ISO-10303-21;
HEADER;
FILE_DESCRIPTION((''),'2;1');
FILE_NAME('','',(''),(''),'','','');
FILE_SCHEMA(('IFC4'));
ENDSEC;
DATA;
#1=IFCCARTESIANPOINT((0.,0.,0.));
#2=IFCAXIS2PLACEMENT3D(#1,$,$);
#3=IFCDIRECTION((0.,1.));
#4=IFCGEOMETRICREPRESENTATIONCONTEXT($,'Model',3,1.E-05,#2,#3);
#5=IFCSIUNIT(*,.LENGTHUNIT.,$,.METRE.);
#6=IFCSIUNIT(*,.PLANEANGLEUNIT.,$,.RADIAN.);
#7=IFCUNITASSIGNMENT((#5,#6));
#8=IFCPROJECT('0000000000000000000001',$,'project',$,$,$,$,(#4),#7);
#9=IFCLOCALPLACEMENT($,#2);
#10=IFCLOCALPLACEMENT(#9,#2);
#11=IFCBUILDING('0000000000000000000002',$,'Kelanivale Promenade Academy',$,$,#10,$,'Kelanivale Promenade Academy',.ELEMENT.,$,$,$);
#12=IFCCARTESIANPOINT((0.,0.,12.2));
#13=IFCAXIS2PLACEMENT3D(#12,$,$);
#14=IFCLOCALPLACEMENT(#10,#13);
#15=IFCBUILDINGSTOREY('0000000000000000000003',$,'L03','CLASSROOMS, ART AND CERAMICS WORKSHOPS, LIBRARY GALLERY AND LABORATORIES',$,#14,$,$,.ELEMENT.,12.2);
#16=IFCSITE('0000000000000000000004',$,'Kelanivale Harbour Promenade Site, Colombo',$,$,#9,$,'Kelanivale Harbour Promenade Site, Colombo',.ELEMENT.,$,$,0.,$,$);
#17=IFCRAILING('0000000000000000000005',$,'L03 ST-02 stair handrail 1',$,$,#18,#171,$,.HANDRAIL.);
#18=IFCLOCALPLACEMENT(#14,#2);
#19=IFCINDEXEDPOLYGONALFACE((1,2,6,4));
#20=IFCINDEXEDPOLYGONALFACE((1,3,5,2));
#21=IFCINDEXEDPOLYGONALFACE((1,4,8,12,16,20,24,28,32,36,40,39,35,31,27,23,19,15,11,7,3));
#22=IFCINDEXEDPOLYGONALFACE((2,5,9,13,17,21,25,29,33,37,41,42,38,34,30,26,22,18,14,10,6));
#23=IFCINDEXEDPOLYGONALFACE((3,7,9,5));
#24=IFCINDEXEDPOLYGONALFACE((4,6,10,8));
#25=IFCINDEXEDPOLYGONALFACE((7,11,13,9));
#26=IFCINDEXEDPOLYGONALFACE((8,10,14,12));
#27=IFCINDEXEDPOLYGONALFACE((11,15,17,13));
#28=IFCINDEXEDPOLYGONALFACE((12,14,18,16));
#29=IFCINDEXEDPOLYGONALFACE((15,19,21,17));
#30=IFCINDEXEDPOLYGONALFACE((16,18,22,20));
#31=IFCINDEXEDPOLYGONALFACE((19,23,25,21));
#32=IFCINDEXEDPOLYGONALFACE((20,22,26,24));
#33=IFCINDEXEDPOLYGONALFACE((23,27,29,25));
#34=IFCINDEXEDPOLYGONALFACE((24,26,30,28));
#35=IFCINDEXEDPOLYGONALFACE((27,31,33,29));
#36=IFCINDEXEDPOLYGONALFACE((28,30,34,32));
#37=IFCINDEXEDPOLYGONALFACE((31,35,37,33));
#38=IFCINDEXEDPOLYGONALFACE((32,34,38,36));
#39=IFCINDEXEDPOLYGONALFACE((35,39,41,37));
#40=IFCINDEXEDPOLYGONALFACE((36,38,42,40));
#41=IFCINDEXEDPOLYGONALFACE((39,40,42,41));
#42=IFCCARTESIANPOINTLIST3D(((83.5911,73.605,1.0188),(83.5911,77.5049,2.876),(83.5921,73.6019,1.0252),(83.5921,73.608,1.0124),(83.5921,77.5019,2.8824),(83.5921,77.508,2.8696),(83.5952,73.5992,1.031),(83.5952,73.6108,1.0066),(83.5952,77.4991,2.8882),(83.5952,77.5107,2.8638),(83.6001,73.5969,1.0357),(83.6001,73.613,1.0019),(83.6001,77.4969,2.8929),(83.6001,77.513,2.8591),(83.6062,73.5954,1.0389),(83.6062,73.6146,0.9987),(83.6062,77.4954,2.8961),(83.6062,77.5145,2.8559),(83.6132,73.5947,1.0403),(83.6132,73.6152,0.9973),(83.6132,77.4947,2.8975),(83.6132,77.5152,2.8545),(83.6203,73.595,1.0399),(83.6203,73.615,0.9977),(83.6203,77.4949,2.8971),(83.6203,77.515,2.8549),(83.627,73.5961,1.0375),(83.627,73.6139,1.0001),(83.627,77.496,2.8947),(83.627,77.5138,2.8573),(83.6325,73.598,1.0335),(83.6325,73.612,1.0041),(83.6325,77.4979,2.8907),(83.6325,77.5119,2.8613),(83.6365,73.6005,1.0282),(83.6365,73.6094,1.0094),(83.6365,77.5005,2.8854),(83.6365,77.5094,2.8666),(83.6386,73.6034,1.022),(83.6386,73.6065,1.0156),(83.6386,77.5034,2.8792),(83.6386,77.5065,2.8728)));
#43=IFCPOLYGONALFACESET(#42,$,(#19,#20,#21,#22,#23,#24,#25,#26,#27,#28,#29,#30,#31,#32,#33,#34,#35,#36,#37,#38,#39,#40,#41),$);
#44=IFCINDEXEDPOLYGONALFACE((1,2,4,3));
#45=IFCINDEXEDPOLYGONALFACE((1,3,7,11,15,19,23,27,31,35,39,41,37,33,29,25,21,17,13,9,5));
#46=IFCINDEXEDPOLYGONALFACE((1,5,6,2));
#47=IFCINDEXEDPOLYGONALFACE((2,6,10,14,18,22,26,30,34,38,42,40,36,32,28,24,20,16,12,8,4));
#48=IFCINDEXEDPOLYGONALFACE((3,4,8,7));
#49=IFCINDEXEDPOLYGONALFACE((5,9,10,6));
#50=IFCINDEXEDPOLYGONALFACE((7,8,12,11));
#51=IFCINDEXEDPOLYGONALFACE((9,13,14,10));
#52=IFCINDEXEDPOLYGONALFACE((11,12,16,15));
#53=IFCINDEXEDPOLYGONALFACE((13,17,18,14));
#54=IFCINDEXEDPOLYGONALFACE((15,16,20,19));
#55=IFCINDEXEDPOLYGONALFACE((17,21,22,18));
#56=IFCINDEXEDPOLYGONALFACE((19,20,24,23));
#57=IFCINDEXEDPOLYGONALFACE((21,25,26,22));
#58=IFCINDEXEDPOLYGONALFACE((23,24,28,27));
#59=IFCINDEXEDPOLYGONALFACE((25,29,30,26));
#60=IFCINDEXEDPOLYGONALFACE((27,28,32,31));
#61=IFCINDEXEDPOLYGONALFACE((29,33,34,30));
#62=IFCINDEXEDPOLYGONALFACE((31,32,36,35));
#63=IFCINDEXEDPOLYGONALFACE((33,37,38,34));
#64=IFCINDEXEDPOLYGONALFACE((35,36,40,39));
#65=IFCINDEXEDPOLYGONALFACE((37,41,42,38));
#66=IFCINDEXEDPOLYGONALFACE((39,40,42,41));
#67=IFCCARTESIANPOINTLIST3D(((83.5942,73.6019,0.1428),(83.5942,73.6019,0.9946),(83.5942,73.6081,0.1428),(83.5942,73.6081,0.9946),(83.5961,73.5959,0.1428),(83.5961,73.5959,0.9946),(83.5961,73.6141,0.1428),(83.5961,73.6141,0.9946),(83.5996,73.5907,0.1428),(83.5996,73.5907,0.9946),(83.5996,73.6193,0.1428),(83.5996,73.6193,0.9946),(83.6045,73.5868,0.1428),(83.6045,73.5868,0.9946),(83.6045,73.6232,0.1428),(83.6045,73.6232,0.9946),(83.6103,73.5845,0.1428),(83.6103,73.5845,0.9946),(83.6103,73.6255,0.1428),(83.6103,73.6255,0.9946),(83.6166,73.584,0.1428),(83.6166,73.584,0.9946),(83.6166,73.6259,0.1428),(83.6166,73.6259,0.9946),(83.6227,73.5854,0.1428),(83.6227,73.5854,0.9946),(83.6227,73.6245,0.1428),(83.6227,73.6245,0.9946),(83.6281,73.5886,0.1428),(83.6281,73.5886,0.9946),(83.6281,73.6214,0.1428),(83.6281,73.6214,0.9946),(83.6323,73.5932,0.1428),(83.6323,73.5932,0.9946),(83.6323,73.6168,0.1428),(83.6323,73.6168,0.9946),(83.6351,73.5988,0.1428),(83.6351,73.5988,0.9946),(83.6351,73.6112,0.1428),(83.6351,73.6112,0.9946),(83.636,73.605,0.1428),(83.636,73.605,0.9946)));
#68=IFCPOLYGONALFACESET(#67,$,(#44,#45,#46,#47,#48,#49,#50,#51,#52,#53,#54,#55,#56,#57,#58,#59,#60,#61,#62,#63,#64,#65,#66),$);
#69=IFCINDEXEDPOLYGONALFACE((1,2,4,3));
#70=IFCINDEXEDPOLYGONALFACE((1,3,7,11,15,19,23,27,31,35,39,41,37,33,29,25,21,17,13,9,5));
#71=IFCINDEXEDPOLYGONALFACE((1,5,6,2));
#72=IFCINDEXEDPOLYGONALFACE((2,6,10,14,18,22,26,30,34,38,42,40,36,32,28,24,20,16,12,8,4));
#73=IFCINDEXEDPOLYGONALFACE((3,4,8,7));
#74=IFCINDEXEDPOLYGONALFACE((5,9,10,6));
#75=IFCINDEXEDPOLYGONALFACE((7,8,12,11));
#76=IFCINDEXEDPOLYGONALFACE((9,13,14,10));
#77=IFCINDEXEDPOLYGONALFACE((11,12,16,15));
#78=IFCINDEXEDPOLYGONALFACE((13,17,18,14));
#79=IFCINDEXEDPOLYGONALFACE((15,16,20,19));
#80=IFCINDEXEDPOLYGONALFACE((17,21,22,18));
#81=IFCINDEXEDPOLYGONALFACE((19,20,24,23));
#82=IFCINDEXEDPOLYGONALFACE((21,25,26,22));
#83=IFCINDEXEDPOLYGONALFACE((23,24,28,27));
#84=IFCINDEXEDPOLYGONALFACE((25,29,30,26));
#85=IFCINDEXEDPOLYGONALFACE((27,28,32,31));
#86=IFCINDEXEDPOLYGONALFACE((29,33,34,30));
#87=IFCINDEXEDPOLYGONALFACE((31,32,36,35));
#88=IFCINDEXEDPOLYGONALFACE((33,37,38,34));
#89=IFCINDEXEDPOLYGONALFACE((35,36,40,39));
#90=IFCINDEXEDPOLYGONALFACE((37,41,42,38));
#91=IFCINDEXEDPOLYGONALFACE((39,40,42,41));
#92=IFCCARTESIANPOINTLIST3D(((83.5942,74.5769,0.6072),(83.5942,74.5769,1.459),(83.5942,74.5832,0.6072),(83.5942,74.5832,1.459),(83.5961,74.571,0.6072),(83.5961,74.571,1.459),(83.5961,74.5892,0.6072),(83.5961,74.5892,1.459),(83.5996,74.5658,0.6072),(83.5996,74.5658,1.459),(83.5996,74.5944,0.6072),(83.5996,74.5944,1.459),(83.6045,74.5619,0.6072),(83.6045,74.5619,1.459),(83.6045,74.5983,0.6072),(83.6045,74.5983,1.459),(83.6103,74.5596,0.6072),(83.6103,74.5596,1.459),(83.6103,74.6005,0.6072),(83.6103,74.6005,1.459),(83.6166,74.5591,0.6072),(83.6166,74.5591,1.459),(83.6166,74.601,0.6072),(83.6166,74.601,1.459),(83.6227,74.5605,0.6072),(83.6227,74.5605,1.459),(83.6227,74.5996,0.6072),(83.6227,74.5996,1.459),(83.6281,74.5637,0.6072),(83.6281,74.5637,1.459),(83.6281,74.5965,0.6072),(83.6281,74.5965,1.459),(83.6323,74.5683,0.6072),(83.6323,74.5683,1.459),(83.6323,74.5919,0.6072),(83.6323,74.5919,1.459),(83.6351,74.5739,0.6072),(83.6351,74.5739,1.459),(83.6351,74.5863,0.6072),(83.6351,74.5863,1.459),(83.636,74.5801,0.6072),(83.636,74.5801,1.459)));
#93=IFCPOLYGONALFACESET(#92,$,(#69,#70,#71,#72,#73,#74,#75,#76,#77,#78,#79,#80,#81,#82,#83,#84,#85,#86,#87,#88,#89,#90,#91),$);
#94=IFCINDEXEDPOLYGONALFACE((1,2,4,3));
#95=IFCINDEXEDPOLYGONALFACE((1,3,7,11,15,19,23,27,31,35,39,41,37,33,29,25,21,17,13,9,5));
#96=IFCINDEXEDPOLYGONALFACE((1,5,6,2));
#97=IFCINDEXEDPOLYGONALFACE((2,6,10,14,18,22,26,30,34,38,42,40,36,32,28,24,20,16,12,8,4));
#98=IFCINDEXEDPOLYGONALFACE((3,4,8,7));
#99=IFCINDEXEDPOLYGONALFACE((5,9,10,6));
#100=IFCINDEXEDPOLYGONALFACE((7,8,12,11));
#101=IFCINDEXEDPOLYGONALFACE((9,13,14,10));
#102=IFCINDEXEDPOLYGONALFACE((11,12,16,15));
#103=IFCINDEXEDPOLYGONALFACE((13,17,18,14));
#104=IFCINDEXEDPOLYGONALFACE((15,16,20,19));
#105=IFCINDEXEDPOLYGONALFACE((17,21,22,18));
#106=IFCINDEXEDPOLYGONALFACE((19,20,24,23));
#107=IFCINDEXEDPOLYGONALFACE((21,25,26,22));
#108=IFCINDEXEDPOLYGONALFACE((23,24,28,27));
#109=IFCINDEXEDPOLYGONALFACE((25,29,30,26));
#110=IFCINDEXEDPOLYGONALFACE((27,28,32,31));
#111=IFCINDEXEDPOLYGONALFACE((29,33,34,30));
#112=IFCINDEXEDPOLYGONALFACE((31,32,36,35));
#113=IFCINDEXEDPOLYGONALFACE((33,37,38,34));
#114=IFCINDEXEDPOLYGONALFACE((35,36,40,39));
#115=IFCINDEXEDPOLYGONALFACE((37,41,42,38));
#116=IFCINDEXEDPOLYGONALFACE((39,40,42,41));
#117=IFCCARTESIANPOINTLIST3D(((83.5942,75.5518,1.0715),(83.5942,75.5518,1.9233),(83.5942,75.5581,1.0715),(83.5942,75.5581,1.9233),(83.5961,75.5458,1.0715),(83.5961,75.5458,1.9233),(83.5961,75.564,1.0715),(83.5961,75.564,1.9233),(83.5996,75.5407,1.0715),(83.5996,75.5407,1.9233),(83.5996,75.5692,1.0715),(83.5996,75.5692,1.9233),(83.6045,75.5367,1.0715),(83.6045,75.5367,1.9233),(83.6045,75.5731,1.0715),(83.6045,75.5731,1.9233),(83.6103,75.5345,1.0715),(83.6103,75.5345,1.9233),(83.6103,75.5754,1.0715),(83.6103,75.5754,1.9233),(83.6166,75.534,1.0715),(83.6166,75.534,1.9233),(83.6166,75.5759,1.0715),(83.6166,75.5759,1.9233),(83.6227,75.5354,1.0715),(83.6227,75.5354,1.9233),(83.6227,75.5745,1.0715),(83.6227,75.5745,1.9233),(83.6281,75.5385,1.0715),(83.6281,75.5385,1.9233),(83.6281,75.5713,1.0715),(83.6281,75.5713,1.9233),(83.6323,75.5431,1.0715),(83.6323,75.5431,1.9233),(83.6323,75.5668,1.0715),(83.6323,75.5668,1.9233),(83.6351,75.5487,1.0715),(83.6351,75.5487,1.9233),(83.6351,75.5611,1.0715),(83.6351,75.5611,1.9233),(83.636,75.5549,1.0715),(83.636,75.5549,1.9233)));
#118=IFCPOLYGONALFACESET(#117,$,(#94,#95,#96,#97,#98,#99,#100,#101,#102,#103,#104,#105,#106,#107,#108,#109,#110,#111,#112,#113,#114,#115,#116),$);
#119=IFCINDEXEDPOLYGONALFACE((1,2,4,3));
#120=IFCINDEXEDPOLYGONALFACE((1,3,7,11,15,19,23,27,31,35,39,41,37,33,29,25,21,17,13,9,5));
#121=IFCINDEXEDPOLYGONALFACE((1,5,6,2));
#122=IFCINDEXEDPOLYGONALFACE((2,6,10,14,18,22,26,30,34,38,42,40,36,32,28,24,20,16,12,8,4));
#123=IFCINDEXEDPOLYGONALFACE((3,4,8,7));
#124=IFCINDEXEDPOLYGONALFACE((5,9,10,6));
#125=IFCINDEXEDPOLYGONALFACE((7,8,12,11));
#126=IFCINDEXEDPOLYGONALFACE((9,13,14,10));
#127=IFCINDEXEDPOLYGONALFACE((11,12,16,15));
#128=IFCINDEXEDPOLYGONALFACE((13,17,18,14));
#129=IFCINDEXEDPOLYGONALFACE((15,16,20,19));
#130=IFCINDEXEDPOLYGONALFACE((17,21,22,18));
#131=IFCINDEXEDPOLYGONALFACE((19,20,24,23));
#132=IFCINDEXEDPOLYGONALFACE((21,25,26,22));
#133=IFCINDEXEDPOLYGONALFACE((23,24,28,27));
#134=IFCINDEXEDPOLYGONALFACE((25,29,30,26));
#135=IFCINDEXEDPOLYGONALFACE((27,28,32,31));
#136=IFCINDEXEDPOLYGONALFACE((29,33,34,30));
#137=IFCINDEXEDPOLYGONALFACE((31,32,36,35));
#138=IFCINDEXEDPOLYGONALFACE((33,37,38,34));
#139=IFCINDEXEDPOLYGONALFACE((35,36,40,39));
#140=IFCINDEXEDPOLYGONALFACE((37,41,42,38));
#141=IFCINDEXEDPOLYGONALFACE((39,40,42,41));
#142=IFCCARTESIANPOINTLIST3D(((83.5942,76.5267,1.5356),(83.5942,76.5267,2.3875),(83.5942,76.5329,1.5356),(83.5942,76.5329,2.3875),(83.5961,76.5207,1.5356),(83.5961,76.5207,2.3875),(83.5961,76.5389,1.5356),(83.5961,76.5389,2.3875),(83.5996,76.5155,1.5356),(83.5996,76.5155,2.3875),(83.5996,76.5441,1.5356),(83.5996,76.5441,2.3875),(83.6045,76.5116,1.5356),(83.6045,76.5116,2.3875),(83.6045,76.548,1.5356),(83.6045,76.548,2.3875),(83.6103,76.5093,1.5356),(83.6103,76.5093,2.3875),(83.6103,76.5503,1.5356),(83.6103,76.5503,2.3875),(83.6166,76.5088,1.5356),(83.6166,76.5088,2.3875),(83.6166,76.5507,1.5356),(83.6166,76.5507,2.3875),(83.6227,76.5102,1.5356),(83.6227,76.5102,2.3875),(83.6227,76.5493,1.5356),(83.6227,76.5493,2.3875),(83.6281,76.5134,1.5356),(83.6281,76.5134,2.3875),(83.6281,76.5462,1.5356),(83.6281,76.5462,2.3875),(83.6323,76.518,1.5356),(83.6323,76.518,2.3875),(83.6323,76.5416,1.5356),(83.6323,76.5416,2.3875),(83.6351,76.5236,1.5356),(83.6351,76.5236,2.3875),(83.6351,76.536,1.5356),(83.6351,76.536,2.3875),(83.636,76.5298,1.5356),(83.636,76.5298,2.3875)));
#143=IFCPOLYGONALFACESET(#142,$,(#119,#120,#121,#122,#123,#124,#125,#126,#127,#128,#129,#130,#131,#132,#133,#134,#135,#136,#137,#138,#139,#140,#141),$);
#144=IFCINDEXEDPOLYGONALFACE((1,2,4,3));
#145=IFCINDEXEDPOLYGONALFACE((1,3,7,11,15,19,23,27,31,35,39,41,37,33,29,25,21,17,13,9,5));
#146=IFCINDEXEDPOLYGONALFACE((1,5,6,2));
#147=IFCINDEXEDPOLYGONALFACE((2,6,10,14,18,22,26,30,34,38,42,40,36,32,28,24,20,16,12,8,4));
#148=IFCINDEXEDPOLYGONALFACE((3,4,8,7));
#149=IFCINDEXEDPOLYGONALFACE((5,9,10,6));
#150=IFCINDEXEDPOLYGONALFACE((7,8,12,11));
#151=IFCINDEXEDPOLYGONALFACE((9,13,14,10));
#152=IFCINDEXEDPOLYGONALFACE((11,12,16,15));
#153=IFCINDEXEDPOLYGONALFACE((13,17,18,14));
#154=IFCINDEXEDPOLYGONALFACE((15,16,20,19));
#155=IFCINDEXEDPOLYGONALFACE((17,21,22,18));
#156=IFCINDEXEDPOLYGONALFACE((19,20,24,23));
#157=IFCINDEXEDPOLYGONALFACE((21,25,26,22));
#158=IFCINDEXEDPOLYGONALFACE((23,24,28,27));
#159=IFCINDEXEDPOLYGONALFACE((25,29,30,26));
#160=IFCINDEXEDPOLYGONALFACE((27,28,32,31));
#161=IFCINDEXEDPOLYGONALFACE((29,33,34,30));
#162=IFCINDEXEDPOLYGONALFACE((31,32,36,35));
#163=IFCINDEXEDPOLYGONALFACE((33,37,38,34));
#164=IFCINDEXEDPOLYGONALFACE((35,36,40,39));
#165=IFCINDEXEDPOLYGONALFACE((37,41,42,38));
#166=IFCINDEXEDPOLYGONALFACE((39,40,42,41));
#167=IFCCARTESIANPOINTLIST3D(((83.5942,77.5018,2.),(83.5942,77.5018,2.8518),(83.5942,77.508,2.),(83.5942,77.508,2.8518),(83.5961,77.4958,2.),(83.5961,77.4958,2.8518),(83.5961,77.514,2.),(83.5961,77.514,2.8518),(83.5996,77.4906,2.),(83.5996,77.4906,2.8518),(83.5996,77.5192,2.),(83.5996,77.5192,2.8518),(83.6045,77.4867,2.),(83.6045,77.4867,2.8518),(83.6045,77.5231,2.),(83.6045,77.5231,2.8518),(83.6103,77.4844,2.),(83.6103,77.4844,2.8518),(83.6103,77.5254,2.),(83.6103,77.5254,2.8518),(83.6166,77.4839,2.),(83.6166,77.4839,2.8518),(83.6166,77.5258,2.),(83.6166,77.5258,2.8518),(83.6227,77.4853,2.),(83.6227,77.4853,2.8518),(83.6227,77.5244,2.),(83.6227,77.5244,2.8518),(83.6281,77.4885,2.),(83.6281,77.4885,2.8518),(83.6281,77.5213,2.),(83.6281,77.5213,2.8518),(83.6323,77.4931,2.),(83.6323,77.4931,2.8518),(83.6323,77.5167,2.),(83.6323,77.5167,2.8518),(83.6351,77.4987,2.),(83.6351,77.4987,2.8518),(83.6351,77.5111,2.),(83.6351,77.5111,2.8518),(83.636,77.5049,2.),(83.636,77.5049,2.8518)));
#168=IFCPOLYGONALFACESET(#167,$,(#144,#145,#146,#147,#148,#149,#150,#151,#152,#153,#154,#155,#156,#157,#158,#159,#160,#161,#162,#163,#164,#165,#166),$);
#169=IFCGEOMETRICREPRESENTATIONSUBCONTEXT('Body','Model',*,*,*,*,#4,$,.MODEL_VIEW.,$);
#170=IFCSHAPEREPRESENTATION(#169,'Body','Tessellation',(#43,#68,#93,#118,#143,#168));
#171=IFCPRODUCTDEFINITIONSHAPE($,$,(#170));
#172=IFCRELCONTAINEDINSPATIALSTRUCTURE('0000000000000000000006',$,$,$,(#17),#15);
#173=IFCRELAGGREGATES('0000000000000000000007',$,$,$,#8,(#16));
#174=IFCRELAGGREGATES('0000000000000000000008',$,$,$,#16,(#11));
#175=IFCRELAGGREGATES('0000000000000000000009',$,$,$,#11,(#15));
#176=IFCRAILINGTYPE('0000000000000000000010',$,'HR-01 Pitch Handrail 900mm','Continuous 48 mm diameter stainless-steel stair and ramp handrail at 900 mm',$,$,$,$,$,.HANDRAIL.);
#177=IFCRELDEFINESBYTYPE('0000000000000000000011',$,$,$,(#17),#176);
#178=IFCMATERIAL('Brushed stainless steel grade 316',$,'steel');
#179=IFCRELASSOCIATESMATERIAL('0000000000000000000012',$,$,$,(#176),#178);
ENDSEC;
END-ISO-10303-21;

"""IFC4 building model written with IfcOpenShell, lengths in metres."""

from ifc_helpers import new_model, si_unit, direction, frame, origin, origin_2d, place, context, subcontext, project, spatial, circle, extrude, material, type_object, element, save


model = new_model("IFC4")

# Units and contexts
model_context = context("Model", 3, precision=1e-05, world=origin(), true_north=direction((0.0, 1.0)))
body_context = subcontext(model_context, "Body", "Model", "MODEL_VIEW")
ifc_project = project(units=[si_unit("LENGTHUNIT", "METRE"), si_unit("PLANEANGLEUNIT", "RADIAN")], contexts=[model_context])

# Site, building, storey
site_placement = place(None, origin())
site = spatial("IfcSite", under=ifc_project, at=site_placement, Name="Kelanivale Harbour Promenade Site, Colombo", LongName="Kelanivale Harbour Promenade Site, Colombo", CompositionType="ELEMENT", RefElevation=0.0)
building_placement = place(site_placement, origin())
building = spatial("IfcBuilding", under=site, at=building_placement, Name="Kelanivale Promenade Academy", LongName="Kelanivale Promenade Academy", CompositionType="ELEMENT")
storey_placement = place(building_placement, frame((0.0, 0.0, 12.2)))
storey = spatial("IfcBuildingStorey", under=building, at=storey_placement, Name="L03", Description="CLASSROOMS, ART AND CERAMICS WORKSHOPS, LIBRARY GALLERY AND LABORATORIES", CompositionType="ELEMENT", Elevation=12.2)

# Railing
ifc_material_1 = material(Name="Brushed stainless steel grade 316", Category="steel")
railing_type_1 = type_object("IfcRailingType", Name="HR-01 Pitch Handrail 900mm", Description="Continuous 48 mm diameter stainless-steel stair and ramp handrail at 900 mm", PredefinedType="HANDRAIL", material=ifc_material_1)
railing_1_placement = place(storey_placement, frame((83.615, 73.605, 0.1428)))
element("IfcRailing", 1, at=railing_1_placement, inside=storey, type_object=railing_type_1, Name="L03 ST-02 stair handrail 1", PredefinedType="HANDRAIL", context=body_context, shape_type="SweptSolid", body=[
    extrude(circle(Radius=0.0239, at=origin_2d()), frame((0.0, 0.0, 0.876), z_axis=(0.0, 0.902853, 0.429949), x_axis=(-1.0, 0.0, 0.0)), (0.0, 0.0, 1.0), 4.3196),
    extrude(circle(Radius=0.021, at=origin_2d()), origin(), (0.0, 0.0, 1.0), 0.8518),
    extrude(circle(Radius=0.021, at=origin_2d()), frame((0.0, 0.9751, 0.4644)), (0.0, 0.0, 1.0), 0.8518),
    extrude(circle(Radius=0.021, at=origin_2d()), frame((0.0, 1.95, 0.9287)), (0.0, 0.0, 1.0), 0.8518),
    extrude(circle(Radius=0.021, at=origin_2d()), frame((0.0, 2.9248, 1.3928)), (0.0, 0.0, 1.0), 0.8518),
    extrude(circle(Radius=0.021, at=origin_2d()), frame((0.0, 3.8999, 1.8572)), (0.0, 0.0, 1.0), 0.8518),
])

save(model, "model.ifc")
